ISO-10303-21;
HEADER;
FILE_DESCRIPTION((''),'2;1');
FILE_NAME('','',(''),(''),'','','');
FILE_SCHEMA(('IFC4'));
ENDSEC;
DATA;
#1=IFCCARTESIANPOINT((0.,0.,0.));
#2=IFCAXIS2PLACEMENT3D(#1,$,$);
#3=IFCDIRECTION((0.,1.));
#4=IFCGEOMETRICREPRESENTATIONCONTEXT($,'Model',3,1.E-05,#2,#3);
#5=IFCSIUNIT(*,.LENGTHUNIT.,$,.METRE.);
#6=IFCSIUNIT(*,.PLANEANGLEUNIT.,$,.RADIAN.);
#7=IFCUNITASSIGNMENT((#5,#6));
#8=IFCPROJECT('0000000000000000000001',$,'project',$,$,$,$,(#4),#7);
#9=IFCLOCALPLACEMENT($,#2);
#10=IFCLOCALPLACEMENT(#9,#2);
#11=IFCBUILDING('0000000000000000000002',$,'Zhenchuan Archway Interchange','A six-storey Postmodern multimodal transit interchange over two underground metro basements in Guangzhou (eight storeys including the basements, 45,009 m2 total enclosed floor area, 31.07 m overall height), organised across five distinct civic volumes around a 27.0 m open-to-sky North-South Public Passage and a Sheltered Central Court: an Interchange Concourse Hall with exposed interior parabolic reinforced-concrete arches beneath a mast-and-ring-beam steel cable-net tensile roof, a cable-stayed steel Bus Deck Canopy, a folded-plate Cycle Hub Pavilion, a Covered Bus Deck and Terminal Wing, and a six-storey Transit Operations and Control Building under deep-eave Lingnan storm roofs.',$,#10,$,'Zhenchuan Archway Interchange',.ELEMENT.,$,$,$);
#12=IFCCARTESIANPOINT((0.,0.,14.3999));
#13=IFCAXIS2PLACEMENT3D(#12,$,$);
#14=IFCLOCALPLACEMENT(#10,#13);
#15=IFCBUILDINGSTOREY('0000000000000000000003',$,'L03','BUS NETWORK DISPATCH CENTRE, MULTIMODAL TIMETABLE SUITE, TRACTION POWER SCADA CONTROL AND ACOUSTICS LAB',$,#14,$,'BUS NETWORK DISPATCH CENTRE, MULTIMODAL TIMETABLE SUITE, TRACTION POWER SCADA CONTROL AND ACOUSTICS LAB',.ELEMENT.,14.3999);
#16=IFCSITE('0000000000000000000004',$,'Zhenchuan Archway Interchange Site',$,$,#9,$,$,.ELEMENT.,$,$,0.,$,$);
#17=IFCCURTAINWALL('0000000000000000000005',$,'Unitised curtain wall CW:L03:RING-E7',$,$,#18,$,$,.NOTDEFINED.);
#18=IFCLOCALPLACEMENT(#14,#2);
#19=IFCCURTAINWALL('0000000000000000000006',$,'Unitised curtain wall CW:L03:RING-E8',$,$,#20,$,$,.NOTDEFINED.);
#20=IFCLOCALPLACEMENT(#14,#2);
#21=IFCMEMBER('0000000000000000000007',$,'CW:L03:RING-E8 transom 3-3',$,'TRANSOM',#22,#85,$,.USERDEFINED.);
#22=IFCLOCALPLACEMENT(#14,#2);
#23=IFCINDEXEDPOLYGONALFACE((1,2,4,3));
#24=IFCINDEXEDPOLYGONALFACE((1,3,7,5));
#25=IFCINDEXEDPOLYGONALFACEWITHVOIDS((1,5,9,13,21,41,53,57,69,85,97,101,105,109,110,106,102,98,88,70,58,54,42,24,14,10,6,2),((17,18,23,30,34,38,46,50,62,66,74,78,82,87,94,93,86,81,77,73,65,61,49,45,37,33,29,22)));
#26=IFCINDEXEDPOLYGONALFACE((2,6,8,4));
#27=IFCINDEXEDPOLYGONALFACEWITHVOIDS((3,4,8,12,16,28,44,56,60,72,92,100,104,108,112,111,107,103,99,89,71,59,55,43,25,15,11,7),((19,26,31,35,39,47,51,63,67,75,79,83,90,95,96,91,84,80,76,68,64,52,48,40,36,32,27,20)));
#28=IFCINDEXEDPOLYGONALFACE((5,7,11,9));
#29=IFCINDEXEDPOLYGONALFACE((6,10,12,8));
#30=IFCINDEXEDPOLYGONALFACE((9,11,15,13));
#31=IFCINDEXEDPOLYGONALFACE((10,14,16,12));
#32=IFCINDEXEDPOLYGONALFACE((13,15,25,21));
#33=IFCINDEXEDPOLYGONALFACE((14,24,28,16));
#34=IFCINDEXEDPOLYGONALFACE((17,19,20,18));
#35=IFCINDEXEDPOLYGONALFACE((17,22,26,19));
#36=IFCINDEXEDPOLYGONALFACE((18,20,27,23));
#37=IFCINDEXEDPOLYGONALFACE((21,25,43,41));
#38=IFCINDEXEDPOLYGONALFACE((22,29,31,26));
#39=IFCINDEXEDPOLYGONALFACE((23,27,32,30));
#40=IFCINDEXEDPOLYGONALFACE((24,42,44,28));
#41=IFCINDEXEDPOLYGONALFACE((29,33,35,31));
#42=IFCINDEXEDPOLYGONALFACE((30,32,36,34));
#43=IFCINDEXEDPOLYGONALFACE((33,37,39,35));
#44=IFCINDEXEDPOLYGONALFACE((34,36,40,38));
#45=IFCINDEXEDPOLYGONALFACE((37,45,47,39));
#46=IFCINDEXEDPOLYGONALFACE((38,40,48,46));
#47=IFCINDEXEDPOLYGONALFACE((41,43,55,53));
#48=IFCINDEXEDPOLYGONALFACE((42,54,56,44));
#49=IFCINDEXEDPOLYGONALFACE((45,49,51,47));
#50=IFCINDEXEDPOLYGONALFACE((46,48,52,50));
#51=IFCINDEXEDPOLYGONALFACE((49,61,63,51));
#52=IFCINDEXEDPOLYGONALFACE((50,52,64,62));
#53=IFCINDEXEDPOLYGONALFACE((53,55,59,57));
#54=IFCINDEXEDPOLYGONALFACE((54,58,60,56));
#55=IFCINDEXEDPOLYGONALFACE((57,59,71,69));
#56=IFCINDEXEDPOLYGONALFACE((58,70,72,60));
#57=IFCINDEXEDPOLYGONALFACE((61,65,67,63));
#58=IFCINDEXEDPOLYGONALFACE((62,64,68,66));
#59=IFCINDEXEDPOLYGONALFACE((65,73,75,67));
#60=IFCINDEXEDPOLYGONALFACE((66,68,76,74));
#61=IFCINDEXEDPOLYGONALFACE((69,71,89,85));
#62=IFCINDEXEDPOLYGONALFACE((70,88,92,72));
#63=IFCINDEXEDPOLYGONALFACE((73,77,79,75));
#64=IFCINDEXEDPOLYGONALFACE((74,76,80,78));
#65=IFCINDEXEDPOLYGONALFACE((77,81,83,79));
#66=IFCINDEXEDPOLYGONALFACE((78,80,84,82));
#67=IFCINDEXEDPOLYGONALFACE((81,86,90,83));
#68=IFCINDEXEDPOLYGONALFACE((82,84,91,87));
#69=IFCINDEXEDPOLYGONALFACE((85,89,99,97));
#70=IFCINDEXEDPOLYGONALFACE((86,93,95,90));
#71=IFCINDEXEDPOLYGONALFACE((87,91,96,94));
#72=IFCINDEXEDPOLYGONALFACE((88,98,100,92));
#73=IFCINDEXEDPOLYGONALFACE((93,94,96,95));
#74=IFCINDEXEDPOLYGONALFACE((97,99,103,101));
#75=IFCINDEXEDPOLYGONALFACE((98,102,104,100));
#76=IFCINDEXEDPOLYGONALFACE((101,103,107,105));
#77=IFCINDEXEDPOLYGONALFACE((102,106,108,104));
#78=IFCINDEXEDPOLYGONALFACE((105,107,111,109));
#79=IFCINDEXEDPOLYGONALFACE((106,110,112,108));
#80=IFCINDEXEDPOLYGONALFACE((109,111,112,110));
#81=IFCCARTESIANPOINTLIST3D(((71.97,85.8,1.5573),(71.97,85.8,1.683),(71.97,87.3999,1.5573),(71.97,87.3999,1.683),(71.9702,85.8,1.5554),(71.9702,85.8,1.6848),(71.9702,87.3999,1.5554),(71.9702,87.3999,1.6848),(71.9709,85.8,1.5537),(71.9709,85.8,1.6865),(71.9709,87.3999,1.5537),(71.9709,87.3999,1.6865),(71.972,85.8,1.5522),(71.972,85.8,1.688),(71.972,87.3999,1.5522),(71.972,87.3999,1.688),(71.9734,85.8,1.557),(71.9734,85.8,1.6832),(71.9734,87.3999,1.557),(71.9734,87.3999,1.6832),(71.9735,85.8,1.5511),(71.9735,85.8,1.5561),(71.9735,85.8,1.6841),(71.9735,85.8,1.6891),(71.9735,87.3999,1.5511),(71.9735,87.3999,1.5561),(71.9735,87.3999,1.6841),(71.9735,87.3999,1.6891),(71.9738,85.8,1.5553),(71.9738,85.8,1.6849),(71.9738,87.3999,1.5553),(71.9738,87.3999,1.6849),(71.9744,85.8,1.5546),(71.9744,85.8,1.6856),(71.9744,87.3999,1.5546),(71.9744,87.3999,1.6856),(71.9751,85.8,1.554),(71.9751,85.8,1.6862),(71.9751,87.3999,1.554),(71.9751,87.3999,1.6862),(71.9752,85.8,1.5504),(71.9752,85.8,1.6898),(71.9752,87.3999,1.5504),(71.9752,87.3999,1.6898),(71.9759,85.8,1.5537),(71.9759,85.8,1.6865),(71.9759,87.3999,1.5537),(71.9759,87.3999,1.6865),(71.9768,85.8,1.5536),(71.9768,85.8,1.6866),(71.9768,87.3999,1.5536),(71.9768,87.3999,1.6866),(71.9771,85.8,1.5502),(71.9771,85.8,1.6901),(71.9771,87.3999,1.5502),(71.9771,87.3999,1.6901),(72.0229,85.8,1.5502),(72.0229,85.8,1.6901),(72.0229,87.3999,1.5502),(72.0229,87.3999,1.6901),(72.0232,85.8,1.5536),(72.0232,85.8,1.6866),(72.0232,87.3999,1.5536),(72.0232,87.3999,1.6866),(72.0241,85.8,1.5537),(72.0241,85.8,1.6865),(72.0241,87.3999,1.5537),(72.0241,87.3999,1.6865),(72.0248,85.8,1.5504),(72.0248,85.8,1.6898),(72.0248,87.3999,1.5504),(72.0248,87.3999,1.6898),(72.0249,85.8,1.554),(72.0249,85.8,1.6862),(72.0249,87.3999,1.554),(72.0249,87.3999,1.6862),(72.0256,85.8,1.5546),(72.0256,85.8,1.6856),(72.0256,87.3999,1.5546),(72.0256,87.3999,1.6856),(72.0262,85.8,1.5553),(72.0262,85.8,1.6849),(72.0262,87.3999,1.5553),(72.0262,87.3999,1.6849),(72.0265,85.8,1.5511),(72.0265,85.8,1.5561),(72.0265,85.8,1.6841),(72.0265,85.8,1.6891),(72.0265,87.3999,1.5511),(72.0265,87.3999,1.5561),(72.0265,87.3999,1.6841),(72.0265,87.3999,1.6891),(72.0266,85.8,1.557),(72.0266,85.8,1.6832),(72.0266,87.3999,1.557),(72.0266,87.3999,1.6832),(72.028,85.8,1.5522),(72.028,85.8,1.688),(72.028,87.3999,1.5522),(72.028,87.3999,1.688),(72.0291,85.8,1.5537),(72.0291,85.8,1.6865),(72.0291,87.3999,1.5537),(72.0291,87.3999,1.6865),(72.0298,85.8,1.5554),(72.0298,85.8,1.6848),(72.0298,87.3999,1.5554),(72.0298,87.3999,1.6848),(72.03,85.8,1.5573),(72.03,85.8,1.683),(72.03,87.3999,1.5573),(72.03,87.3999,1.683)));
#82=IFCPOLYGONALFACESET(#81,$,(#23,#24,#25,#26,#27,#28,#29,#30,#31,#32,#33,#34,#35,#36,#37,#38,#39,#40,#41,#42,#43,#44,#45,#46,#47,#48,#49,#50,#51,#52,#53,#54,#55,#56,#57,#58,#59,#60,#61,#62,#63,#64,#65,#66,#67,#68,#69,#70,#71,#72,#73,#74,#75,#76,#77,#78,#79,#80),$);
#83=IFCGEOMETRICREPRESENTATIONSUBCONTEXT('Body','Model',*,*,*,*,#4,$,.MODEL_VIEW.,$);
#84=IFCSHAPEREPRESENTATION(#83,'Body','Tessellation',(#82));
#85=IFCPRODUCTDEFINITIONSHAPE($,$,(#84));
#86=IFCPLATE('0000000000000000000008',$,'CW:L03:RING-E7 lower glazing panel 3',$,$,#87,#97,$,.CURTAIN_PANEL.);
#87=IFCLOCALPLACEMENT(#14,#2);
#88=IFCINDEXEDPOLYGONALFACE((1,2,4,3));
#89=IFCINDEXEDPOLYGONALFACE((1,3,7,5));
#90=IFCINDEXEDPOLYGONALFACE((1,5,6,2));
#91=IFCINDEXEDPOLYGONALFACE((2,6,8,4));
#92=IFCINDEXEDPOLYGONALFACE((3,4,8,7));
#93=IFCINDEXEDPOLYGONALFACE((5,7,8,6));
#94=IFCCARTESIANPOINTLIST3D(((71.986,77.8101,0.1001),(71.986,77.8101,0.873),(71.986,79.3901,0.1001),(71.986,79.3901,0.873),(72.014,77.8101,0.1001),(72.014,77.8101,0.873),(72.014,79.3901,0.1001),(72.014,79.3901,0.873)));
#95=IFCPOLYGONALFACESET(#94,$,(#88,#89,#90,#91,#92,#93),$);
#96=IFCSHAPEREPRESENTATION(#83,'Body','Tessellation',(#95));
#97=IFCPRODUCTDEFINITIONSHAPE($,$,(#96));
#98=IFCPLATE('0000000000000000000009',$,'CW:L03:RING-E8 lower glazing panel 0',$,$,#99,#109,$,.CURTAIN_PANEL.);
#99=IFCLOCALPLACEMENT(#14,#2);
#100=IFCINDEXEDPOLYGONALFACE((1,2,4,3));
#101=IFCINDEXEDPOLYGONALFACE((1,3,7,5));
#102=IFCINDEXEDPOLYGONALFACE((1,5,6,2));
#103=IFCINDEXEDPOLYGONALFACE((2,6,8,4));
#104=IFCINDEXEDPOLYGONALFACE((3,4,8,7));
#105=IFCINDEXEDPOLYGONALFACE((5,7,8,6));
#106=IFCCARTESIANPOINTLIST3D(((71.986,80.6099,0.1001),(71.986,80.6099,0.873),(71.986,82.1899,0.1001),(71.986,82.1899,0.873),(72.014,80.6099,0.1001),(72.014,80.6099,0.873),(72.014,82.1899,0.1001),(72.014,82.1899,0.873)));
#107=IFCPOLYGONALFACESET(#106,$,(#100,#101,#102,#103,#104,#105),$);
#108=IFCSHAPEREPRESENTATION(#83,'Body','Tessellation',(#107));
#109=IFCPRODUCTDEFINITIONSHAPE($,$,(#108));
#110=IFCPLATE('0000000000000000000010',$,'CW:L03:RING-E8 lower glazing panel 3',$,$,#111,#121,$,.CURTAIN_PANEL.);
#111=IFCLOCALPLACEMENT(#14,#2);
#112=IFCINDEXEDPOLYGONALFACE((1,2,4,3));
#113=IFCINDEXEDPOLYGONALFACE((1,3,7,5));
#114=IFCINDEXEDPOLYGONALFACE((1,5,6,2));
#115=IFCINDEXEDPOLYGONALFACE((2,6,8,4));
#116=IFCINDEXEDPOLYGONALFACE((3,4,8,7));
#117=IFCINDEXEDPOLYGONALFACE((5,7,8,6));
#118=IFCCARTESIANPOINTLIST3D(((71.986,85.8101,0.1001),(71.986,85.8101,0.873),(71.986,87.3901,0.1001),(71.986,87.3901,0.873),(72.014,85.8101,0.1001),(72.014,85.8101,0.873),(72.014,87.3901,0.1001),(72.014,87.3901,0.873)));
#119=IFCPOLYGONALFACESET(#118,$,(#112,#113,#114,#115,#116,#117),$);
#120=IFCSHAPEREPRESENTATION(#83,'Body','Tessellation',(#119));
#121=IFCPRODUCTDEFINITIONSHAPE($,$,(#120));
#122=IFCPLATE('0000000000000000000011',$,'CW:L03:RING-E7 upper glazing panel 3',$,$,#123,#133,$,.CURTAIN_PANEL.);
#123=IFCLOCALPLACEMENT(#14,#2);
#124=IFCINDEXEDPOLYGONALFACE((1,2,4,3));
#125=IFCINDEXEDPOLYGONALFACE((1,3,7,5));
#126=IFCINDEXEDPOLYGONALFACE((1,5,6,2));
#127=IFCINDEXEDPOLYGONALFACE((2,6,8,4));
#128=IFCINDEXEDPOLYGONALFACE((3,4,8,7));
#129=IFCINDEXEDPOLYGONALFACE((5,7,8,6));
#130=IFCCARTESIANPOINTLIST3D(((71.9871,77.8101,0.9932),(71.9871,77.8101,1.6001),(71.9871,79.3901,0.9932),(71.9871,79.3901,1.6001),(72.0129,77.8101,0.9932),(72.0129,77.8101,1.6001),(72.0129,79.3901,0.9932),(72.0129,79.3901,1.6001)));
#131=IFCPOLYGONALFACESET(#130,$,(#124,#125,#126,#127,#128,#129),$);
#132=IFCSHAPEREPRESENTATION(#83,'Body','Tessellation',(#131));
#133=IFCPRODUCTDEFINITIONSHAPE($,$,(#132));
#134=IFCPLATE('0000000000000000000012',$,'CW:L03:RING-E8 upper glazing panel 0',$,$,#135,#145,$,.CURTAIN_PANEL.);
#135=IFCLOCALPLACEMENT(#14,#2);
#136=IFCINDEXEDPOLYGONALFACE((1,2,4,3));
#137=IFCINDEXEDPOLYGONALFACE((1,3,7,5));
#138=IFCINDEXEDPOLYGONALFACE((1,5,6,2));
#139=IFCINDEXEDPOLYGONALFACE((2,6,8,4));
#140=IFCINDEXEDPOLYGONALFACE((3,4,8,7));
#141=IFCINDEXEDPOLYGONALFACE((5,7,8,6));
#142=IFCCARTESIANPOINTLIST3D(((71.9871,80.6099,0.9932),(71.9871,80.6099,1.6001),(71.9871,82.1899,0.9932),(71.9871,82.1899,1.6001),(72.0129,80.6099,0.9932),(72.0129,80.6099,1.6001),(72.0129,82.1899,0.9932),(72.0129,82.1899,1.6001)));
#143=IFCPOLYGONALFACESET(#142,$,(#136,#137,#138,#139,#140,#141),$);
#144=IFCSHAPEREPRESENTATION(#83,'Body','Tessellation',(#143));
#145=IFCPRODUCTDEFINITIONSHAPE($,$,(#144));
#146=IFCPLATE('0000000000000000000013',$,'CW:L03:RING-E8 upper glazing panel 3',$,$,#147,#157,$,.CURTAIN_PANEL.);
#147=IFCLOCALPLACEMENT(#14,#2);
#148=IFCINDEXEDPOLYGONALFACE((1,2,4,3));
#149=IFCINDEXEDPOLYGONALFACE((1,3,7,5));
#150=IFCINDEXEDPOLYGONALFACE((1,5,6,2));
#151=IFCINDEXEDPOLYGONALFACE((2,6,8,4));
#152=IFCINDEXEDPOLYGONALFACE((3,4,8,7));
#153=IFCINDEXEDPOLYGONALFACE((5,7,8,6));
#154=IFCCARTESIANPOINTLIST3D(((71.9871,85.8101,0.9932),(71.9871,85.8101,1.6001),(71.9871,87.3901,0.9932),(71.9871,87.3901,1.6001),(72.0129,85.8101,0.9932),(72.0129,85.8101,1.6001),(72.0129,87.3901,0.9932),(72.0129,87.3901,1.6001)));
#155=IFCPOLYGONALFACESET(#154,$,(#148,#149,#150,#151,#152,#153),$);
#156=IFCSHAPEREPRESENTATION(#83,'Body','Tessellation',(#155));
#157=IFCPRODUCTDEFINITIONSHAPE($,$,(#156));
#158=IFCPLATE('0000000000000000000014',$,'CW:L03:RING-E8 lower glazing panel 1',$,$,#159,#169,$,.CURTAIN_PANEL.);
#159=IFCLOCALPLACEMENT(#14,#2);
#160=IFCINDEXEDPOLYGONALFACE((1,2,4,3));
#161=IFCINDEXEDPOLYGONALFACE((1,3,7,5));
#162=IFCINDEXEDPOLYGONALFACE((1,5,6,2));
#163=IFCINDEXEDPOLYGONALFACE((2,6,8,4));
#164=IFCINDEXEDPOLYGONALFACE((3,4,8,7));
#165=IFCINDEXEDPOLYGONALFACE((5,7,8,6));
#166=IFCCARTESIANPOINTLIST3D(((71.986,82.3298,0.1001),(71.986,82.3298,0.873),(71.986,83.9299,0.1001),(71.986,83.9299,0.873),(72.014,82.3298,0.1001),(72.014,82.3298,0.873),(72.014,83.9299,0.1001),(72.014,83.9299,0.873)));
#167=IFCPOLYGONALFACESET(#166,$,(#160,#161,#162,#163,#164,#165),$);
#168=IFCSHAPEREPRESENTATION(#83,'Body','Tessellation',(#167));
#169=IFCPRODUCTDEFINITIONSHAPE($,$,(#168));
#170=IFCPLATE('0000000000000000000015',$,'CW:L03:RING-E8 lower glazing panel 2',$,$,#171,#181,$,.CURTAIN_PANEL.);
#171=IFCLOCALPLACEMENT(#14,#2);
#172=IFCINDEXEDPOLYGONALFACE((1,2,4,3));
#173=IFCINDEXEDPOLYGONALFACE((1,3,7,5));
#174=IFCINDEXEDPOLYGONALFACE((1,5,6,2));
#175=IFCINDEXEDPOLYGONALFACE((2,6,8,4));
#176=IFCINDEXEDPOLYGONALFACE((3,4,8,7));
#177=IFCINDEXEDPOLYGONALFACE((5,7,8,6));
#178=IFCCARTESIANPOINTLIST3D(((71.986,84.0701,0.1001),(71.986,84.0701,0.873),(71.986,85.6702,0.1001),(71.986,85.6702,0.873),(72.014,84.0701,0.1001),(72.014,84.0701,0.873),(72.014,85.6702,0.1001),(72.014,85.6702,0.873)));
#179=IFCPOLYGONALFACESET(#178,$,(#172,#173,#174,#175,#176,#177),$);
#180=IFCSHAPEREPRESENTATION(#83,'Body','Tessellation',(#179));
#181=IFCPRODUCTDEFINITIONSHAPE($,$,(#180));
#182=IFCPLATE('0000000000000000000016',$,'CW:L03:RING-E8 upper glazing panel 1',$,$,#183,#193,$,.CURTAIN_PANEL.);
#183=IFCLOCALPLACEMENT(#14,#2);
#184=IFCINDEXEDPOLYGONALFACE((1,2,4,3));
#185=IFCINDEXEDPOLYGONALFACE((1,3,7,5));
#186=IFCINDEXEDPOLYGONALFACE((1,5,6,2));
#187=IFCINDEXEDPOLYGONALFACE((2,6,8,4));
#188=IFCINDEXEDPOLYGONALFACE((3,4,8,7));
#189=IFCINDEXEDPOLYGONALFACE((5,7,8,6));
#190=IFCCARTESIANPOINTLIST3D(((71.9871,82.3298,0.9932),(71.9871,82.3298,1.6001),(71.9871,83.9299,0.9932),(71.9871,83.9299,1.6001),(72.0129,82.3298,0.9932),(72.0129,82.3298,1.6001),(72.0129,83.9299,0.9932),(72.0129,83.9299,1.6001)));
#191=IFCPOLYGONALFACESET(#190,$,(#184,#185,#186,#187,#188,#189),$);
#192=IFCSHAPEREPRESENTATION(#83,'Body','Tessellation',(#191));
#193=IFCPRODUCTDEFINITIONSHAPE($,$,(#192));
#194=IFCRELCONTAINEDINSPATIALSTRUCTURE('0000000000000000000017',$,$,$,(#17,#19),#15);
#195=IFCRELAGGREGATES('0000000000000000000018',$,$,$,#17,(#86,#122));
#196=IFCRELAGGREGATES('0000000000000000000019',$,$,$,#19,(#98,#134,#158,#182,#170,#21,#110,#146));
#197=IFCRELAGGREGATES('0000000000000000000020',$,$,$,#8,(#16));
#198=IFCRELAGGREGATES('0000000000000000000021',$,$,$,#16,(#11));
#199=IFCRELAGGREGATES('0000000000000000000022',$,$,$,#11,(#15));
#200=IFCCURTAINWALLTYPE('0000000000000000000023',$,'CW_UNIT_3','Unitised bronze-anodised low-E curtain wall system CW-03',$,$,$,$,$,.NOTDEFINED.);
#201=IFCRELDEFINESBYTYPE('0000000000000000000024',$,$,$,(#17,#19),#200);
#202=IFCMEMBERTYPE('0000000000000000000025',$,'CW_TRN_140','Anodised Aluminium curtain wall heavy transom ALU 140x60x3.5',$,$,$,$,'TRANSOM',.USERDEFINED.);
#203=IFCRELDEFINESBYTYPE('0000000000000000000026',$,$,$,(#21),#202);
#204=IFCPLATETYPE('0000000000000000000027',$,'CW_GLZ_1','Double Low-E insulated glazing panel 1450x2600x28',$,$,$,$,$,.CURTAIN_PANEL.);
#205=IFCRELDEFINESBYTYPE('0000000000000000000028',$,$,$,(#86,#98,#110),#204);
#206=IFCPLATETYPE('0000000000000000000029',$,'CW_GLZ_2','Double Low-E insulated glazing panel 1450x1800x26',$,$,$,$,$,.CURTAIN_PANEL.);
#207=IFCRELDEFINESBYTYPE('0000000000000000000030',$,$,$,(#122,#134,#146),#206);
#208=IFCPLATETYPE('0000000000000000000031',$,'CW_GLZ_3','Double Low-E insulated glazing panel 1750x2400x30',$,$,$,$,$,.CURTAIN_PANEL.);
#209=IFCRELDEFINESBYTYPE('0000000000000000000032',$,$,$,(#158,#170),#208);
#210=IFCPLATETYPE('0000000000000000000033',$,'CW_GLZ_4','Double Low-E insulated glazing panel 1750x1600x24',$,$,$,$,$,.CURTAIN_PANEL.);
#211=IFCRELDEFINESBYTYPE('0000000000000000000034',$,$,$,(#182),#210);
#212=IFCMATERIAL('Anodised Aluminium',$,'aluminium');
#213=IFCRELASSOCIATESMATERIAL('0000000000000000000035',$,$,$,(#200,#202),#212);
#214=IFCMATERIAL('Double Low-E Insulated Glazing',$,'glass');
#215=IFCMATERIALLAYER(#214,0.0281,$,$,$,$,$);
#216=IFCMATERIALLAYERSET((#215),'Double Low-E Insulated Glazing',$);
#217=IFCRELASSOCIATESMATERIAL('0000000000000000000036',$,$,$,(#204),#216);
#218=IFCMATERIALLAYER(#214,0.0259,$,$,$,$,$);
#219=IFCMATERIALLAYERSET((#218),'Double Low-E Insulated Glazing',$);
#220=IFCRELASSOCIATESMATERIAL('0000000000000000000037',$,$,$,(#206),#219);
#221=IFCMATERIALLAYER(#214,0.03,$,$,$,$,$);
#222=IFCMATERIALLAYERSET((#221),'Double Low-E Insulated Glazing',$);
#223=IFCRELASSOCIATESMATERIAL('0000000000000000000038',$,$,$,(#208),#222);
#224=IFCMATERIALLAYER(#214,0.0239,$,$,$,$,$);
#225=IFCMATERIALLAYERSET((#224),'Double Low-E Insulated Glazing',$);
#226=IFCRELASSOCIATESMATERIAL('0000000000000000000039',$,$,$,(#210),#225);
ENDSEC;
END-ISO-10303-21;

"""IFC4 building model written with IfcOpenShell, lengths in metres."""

from ifc_helpers import new_model, si_unit, direction, frame, origin, origin_2d, place, context, subcontext, project, spatial, rectangle, hollow_rectangle, extrude, material, layer, layer_set, material_profile, profile_set, type_object, element, aggregate, save


model = new_model("IFC4")

# Units and contexts
model_context = context("Model", 3, precision=1e-05, world=origin(), true_north=direction((0.0, 1.0)))
body_context = subcontext(model_context, "Body", "Model", "MODEL_VIEW")
ifc_project = project(units=[si_unit("LENGTHUNIT", "METRE"), si_unit("PLANEANGLEUNIT", "RADIAN")], contexts=[model_context])

# Site, building, storey
site_placement = place(None, origin())
site = spatial("IfcSite", under=ifc_project, at=site_placement, Name="Zhenchuan Archway Interchange Site", CompositionType="ELEMENT", RefElevation=0.0)
building_placement = place(site_placement, origin())
building = spatial("IfcBuilding", under=site, at=building_placement, Name="Zhenchuan Archway Interchange", Description="A six-storey Postmodern multimodal transit interchange over two underground metro basements in Guangzhou (eight storeys including the basements, 45,009 m2 total enclosed floor area, 31.07 m overall height), organised across five distinct civic volumes around a 27.0 m open-to-sky North-South Public Passage and a Sheltered Central Court: an Interchange Concourse Hall with exposed interior parabolic reinforced-concrete arches beneath a mast-and-ring-beam steel cable-net tensile roof, a cable-stayed steel Bus Deck Canopy, a folded-plate Cycle Hub Pavilion, a Covered Bus Deck and Terminal Wing, and a six-storey Transit Operations and Control Building under deep-eave Lingnan storm roofs.", LongName="Zhenchuan Archway Interchange", CompositionType="ELEMENT")
storey_placement = place(building_placement, frame((0.0, 0.0, 14.3999)))
storey = spatial("IfcBuildingStorey", under=building, at=storey_placement, Name="L03", Description="BUS NETWORK DISPATCH CENTRE, MULTIMODAL TIMETABLE SUITE, TRACTION POWER SCADA CONTROL AND ACOUSTICS LAB", LongName="BUS NETWORK DISPATCH CENTRE, MULTIMODAL TIMETABLE SUITE, TRACTION POWER SCADA CONTROL AND ACOUSTICS LAB", CompositionType="ELEMENT", Elevation=14.3999)

# Curtain wall
ifc_material_1 = material(Name="Anodised Aluminium", Category="aluminium")
curtain_wall_type = type_object("IfcCurtainWallType", Name="CW_UNIT_3", Description="Unitised bronze-anodised low-E curtain wall system CW-03", PredefinedType="NOTDEFINED", material=ifc_material_1)
curtain_wall_1_placement = place(storey_placement, origin())
curtain_wall_1 = element("IfcCurtainWall", 1, at=curtain_wall_1_placement, inside=storey, type_object=curtain_wall_type, Name="Unitised curtain wall CW:L03:RING-E7", PredefinedType="NOTDEFINED")

# Curtain wall
curtain_wall_2_placement = place(storey_placement, origin())
curtain_wall_2 = element("IfcCurtainWall", 2, at=curtain_wall_2_placement, inside=storey, type_object=curtain_wall_type, Name="Unitised curtain wall CW:L03:RING-E8", PredefinedType="NOTDEFINED")

# Member
ifc_material_profile_1 = material_profile(ifc_material_1, hollow_rectangle(XDim=0.0601, YDim=0.1399, WallThickness=0.0034, InnerFilletRadius=0.0034, OuterFilletRadius=0.0071, at=origin_2d()), Name="ALU 140x60x3.5")
ifc_profile_set_1 = profile_set([ifc_material_profile_1], Name="Anodised Aluminium")
member_type_1 = type_object("IfcMemberType", Name="CW_TRN_140", Description="Anodised Aluminium curtain wall heavy transom ALU 140x60x3.5", ElementType="TRANSOM", PredefinedType="USERDEFINED", material=ifc_profile_set_1)
member_1_placement = place(storey_placement, frame((72.0, 85.8, 1.6201), z_axis=(0.0, 1.0, 0.0), x_axis=(-1.0, 0.0, 0.0)))
member_1 = element("IfcMember", 3, at=member_1_placement, type_object=member_type_1, Name="CW:L03:RING-E8 transom 3-3", ObjectType="TRANSOM", PredefinedType="USERDEFINED", context=body_context, shape_type="SweptSolid", body=[
    extrude(hollow_rectangle(XDim=0.0601, YDim=0.1399, WallThickness=0.0034, InnerFilletRadius=0.0034, OuterFilletRadius=0.0071, at=origin_2d()), origin(), (0.0, 0.0, 1.0), 1.5999),
])

# Plates
ifc_material_2 = material(Name="Double Low-E Insulated Glazing", Category="glass")
ifc_layer_1 = layer(ifc_material_2, 0.0281)
ifc_layer_set_1 = layer_set([ifc_layer_1], Name="Double Low-E Insulated Glazing")
plate_type_1 = type_object("IfcPlateType", Name="CW_GLZ_1", Description="Double Low-E insulated glazing panel 1450x2600x28", PredefinedType="CURTAIN_PANEL", material=ifc_layer_set_1)
plate_1_placement = place(storey_placement, frame((72.0, 78.6001, 0.1001), z_axis=(0.0, 0.0, 1.0), x_axis=(0.0, 1.0, 0.0)))
plate_1 = element("IfcPlate", 4, at=plate_1_placement, type_object=plate_type_1, Name="CW:L03:RING-E7 lower glazing panel 3", PredefinedType="CURTAIN_PANEL", context=body_context, shape_type="SweptSolid", body=[
    extrude(rectangle(XDim=1.5801, YDim=0.0281, at=origin_2d()), origin(), (0.0, 0.0, 1.0), 0.7729),
])
plate_2_placement = place(storey_placement, frame((72.0, 81.3999, 0.1001), z_axis=(0.0, 0.0, 1.0), x_axis=(0.0, 1.0, 0.0)))
plate_2 = element("IfcPlate", 5, at=plate_2_placement, type_object=plate_type_1, Name="CW:L03:RING-E8 lower glazing panel 0", PredefinedType="CURTAIN_PANEL", context=body_context, shape_type="SweptSolid", body=[
    extrude(rectangle(XDim=1.5801, YDim=0.0281, at=origin_2d()), origin(), (0.0, 0.0, 1.0), 0.7729),
])
plate_3_placement = place(storey_placement, frame((72.0, 86.6001, 0.1001), z_axis=(0.0, 0.0, 1.0), x_axis=(0.0, 1.0, 0.0)))
plate_3 = element("IfcPlate", 6, at=plate_3_placement, type_object=plate_type_1, Name="CW:L03:RING-E8 lower glazing panel 3", PredefinedType="CURTAIN_PANEL", context=body_context, shape_type="SweptSolid", body=[
    extrude(rectangle(XDim=1.5801, YDim=0.0281, at=origin_2d()), origin(), (0.0, 0.0, 1.0), 0.7729),
])
ifc_layer_2 = layer(ifc_material_2, 0.0259)
ifc_layer_set_2 = layer_set([ifc_layer_2], Name="Double Low-E Insulated Glazing")
plate_type_2 = type_object("IfcPlateType", Name="CW_GLZ_2", Description="Double Low-E insulated glazing panel 1450x1800x26", PredefinedType="CURTAIN_PANEL", material=ifc_layer_set_2)
plate_4_placement = place(storey_placement, frame((72.0, 78.6001, 0.9932), z_axis=(0.0, 0.0, 1.0), x_axis=(0.0, 1.0, 0.0)))
plate_4 = element("IfcPlate", 7, at=plate_4_placement, type_object=plate_type_2, Name="CW:L03:RING-E7 upper glazing panel 3", PredefinedType="CURTAIN_PANEL", context=body_context, shape_type="SweptSolid", body=[
    extrude(rectangle(XDim=1.5801, YDim=0.0259, at=origin_2d()), origin(), (0.0, 0.0, 1.0), 0.6069),
])
aggregate(curtain_wall_1, [plate_1, plate_4])
plate_5_placement = place(storey_placement, frame((72.0, 81.3999, 0.9932), z_axis=(0.0, 0.0, 1.0), x_axis=(0.0, 1.0, 0.0)))
plate_5 = element("IfcPlate", 8, at=plate_5_placement, type_object=plate_type_2, Name="CW:L03:RING-E8 upper glazing panel 0", PredefinedType="CURTAIN_PANEL", context=body_context, shape_type="SweptSolid", body=[
    extrude(rectangle(XDim=1.5801, YDim=0.0259, at=origin_2d()), origin(), (0.0, 0.0, 1.0), 0.6069),
])
plate_6_placement = place(storey_placement, frame((72.0, 86.6001, 0.9932), z_axis=(0.0, 0.0, 1.0), x_axis=(0.0, 1.0, 0.0)))
plate_6 = element("IfcPlate", 9, at=plate_6_placement, type_object=plate_type_2, Name="CW:L03:RING-E8 upper glazing panel 3", PredefinedType="CURTAIN_PANEL", context=body_context, shape_type="SweptSolid", body=[
    extrude(rectangle(XDim=1.5801, YDim=0.0259, at=origin_2d()), origin(), (0.0, 0.0, 1.0), 0.6069),
])
ifc_layer_3 = layer(ifc_material_2, 0.03)
ifc_layer_set_3 = layer_set([ifc_layer_3], Name="Double Low-E Insulated Glazing")
plate_type_3 = type_object("IfcPlateType", Name="CW_GLZ_3", Description="Double Low-E insulated glazing panel 1750x2400x30", PredefinedType="CURTAIN_PANEL", material=ifc_layer_set_3)
plate_7_placement = place(storey_placement, frame((72.0, 83.1299, 0.1001), z_axis=(0.0, 0.0, 1.0), x_axis=(0.0, 1.0, 0.0)))
plate_7 = element("IfcPlate", 10, at=plate_7_placement, type_object=plate_type_3, Name="CW:L03:RING-E8 lower glazing panel 1", PredefinedType="CURTAIN_PANEL", context=body_context, shape_type="SweptSolid", body=[
    extrude(rectangle(XDim=1.6001, YDim=0.0281, at=origin_2d()), origin(), (0.0, 0.0, 1.0), 0.7729),
])
plate_8_placement = place(storey_placement, frame((72.0, 84.8701, 0.1001), z_axis=(0.0, 0.0, 1.0), x_axis=(0.0, 1.0, 0.0)))
plate_8 = element("IfcPlate", 11, at=plate_8_placement, type_object=plate_type_3, Name="CW:L03:RING-E8 lower glazing panel 2", PredefinedType="CURTAIN_PANEL", context=body_context, shape_type="SweptSolid", body=[
    extrude(rectangle(XDim=1.6001, YDim=0.0281, at=origin_2d()), origin(), (0.0, 0.0, 1.0), 0.7729),
])
ifc_layer_4 = layer(ifc_material_2, 0.0239)
ifc_layer_set_4 = layer_set([ifc_layer_4], Name="Double Low-E Insulated Glazing")
plate_type_4 = type_object("IfcPlateType", Name="CW_GLZ_4", Description="Double Low-E insulated glazing panel 1750x1600x24", PredefinedType="CURTAIN_PANEL", material=ifc_layer_set_4)
plate_9_placement = place(storey_placement, frame((72.0, 83.1299, 0.9932), z_axis=(0.0, 0.0, 1.0), x_axis=(0.0, 1.0, 0.0)))
plate_9 = element("IfcPlate", 12, at=plate_9_placement, type_object=plate_type_4, Name="CW:L03:RING-E8 upper glazing panel 1", PredefinedType="CURTAIN_PANEL", context=body_context, shape_type="SweptSolid", body=[
    extrude(rectangle(XDim=1.6001, YDim=0.0259, at=origin_2d()), origin(), (0.0, 0.0, 1.0), 0.6069),
])
aggregate(curtain_wall_2, [plate_2, plate_5, plate_7, plate_9, plate_8, member_1, plate_3, plate_6])

save(model, "model.ifc")
